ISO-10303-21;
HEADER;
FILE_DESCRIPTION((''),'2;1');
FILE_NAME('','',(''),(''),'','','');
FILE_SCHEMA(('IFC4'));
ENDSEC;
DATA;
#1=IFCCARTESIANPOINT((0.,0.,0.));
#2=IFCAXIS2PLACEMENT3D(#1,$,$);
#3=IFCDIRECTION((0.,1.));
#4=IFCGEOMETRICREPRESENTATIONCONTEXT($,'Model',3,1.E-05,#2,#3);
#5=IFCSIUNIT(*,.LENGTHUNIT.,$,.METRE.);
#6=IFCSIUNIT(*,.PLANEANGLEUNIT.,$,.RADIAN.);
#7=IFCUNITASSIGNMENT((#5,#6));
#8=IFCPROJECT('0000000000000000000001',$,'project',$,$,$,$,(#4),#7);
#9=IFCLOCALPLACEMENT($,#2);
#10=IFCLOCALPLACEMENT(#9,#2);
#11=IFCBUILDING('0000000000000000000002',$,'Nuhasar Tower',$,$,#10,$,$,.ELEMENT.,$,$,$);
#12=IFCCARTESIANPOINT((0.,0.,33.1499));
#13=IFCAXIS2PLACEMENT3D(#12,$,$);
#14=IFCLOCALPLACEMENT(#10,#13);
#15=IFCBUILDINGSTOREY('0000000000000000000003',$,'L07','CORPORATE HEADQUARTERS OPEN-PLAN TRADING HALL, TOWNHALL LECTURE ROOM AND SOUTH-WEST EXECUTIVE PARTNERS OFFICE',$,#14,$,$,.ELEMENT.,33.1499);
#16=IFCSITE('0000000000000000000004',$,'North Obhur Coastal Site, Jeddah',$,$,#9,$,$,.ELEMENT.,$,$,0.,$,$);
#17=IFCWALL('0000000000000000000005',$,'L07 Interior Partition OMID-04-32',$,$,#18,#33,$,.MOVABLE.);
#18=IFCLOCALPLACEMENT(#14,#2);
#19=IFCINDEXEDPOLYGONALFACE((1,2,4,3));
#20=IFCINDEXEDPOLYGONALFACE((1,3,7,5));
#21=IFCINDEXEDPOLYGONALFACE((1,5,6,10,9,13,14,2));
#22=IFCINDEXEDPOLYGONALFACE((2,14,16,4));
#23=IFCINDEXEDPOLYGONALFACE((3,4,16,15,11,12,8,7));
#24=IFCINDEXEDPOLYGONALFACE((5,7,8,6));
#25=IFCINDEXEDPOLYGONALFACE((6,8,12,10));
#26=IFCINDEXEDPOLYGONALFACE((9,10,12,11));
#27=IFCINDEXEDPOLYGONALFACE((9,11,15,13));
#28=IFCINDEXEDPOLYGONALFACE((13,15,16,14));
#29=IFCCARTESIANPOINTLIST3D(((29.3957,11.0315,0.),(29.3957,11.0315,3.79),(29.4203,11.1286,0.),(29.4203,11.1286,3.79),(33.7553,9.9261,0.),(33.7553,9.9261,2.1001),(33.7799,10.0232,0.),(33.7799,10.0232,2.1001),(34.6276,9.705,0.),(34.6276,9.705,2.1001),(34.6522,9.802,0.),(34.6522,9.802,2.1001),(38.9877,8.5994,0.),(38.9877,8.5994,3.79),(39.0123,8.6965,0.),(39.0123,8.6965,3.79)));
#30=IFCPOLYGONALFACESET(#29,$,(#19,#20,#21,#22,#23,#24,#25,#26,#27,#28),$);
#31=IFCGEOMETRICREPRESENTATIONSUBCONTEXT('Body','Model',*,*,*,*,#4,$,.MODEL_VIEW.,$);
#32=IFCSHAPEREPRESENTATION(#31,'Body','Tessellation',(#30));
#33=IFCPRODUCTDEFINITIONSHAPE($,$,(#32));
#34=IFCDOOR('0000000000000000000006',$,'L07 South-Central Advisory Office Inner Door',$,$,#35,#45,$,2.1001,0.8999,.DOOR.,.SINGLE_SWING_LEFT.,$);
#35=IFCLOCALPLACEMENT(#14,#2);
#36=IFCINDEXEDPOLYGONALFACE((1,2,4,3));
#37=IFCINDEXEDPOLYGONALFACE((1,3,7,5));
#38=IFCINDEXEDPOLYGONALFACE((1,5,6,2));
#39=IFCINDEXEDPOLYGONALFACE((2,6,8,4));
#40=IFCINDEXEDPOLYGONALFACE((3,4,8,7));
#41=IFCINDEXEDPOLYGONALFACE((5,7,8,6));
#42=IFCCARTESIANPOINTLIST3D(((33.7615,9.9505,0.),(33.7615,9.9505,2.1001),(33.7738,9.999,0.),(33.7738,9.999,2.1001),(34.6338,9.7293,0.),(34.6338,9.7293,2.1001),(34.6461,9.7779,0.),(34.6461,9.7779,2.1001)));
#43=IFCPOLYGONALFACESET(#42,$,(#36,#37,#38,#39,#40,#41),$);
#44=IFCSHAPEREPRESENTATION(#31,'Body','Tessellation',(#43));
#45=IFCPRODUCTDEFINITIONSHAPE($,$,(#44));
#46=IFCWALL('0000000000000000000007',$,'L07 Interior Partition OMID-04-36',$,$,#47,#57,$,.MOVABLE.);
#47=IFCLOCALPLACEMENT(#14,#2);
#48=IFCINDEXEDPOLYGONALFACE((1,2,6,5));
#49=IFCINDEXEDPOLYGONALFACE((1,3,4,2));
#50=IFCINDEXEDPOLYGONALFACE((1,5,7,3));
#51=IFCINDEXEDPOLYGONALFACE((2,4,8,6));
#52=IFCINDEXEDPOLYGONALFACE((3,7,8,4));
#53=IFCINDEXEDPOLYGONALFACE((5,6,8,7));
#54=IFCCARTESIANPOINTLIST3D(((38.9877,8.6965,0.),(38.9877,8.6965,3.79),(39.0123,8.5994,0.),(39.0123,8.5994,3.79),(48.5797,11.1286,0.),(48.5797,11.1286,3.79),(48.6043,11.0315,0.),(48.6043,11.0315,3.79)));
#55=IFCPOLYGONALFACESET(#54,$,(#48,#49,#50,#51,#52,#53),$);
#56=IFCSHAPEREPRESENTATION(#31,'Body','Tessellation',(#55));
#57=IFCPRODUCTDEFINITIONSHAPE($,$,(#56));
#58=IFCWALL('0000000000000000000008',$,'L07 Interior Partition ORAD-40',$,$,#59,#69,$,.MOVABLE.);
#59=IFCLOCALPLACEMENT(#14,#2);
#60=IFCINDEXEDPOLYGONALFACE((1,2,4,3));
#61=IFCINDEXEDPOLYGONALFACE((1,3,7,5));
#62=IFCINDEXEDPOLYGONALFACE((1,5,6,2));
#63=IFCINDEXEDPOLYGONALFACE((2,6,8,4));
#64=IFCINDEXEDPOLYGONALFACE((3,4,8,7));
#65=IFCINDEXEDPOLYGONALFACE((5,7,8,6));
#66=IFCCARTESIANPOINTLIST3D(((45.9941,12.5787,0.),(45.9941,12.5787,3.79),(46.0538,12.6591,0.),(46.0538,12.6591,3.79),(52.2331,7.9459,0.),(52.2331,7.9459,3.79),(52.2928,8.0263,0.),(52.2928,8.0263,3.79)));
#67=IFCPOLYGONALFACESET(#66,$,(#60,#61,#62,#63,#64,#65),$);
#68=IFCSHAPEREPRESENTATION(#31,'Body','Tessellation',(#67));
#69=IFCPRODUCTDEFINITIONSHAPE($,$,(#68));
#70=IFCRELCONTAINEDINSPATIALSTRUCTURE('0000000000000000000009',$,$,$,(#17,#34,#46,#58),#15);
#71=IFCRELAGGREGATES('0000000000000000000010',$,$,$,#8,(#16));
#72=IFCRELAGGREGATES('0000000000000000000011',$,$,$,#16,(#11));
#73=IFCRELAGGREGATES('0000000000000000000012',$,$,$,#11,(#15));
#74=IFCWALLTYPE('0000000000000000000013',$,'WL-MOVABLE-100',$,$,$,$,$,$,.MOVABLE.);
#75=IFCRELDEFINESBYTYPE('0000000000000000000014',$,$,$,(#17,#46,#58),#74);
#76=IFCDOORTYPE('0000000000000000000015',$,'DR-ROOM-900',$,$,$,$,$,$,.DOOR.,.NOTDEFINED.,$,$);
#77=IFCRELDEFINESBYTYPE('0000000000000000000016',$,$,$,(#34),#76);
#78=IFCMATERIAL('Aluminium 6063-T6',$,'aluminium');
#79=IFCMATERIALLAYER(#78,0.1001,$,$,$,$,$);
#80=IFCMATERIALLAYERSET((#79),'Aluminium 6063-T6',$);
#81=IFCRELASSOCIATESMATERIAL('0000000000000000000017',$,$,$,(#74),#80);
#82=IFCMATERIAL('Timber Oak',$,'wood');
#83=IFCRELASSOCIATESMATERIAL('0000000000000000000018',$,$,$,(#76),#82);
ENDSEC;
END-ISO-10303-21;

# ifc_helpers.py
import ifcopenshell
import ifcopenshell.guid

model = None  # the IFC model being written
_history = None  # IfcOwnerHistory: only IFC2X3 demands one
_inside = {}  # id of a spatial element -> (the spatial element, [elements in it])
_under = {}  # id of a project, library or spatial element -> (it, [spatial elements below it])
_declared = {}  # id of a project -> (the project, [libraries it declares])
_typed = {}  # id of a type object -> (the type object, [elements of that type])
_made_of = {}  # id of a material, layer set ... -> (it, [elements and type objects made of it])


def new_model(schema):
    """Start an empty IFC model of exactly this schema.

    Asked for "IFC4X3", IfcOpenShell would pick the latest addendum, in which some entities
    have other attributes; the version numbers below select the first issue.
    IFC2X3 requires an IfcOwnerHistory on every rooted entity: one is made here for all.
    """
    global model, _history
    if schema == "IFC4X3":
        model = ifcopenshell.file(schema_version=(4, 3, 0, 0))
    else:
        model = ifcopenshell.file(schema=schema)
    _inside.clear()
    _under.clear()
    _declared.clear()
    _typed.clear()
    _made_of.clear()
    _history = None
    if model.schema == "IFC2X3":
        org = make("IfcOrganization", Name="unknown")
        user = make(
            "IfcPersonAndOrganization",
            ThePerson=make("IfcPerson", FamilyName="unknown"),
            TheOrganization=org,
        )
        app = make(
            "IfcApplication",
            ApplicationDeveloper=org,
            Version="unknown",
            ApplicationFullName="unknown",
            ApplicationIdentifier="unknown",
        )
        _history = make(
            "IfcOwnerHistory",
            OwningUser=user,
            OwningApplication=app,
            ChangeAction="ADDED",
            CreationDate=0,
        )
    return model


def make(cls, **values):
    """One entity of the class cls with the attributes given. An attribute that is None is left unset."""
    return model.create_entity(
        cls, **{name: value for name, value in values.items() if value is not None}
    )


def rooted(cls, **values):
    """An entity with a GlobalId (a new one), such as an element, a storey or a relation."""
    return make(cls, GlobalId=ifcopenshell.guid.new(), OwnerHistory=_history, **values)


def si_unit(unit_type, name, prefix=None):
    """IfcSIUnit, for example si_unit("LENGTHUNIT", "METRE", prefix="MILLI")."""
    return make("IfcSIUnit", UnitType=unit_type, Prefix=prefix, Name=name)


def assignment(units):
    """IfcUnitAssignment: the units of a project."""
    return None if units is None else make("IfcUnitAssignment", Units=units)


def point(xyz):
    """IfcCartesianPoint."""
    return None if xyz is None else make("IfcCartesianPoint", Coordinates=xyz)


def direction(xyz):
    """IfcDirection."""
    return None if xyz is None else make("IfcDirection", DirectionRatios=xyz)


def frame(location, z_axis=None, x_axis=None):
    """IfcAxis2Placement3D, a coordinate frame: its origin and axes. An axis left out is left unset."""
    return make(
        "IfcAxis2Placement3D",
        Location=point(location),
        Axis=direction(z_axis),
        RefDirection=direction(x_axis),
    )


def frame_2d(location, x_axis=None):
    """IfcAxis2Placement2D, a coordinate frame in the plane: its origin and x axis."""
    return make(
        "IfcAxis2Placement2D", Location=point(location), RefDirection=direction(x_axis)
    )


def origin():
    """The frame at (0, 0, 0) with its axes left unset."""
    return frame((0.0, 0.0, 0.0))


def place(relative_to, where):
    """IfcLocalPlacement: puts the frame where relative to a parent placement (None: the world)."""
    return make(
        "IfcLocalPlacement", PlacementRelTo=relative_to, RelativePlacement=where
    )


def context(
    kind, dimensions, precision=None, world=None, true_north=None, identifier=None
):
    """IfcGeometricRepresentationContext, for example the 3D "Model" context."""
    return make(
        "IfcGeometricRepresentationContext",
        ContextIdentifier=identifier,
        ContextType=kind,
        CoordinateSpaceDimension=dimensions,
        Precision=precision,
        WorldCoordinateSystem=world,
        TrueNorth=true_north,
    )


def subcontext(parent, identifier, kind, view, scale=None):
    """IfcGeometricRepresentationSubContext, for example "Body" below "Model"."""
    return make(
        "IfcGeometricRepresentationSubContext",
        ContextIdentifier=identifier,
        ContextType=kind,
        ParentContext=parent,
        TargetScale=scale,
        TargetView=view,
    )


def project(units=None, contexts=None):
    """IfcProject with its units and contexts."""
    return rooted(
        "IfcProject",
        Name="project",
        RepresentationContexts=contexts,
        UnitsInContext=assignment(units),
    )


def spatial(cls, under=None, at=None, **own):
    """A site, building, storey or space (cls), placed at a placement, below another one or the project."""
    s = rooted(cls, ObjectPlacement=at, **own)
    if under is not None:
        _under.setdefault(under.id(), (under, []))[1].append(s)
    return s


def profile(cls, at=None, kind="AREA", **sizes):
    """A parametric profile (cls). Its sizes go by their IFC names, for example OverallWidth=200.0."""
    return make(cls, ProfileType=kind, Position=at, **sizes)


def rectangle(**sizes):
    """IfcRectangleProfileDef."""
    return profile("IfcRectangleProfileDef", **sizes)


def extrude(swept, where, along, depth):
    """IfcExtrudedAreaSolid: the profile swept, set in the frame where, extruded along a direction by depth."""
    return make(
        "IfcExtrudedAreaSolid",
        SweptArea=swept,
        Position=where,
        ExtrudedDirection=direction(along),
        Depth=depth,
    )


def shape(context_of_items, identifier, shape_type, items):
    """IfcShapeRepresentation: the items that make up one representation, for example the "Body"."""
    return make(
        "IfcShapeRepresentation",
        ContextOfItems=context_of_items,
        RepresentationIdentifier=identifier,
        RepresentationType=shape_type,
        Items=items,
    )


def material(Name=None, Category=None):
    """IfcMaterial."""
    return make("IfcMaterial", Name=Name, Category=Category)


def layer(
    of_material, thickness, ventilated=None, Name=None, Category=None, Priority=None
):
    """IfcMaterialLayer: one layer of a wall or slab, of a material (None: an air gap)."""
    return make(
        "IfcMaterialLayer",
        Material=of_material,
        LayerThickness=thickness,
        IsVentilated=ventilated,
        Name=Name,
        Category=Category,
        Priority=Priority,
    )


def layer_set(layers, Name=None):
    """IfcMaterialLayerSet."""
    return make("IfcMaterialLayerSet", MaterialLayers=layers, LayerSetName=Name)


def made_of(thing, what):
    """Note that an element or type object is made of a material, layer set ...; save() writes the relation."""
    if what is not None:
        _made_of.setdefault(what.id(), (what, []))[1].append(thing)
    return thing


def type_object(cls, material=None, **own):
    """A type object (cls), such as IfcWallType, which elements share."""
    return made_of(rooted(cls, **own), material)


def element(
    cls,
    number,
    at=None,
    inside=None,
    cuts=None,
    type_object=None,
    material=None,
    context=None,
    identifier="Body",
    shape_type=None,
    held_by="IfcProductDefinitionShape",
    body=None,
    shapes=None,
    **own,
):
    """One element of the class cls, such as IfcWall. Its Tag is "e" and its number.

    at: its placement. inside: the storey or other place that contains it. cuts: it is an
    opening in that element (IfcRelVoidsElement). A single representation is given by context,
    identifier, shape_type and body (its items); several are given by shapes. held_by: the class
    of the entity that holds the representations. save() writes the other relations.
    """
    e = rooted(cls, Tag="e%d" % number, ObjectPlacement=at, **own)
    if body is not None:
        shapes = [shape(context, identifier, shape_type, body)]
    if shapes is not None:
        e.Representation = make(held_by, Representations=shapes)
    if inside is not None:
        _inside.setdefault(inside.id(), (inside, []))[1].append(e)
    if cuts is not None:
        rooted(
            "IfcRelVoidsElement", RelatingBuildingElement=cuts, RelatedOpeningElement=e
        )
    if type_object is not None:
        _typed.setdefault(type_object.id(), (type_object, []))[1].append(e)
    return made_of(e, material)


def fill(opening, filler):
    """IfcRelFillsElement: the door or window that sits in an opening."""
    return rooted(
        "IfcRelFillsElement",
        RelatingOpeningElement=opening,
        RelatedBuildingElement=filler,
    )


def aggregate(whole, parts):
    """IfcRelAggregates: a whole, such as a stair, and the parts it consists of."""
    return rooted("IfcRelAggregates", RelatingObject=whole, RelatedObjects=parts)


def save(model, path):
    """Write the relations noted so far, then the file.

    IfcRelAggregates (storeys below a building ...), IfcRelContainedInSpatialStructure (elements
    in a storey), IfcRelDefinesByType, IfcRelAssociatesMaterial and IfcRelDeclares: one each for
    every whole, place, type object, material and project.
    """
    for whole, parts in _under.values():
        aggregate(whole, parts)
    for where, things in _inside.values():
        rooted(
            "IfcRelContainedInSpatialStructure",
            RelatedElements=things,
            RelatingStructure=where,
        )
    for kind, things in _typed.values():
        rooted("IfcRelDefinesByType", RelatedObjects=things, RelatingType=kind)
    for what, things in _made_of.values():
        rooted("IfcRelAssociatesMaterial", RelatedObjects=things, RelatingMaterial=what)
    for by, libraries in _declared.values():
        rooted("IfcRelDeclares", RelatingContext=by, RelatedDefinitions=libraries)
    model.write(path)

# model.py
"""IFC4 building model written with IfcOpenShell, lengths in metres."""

from ifc_helpers import new_model, si_unit, direction, frame, frame_2d, origin, place, context, subcontext, project, spatial, rectangle, extrude, material, layer, layer_set, type_object, element, fill, save


model = new_model("IFC4")

# Units and contexts
model_context = context("Model", 3, precision=1e-05, world=origin(), true_north=direction((0.0, 1.0)))
body_context = subcontext(model_context, "Body", "Model", "MODEL_VIEW")
ifc_project = project(units=[si_unit("LENGTHUNIT", "METRE"), si_unit("PLANEANGLEUNIT", "RADIAN")], contexts=[model_context])

# Site, building, storey
site_placement = place(None, origin())
site = spatial("IfcSite", under=ifc_project, at=site_placement, Name="North Obhur Coastal Site, Jeddah", CompositionType="ELEMENT", RefElevation=0.0)
building_placement = place(site_placement, origin())
building = spatial("IfcBuilding", under=site, at=building_placement, Name="Nuhasar Tower", CompositionType="ELEMENT")
storey_placement = place(building_placement, frame((0.0, 0.0, 33.1499)))
storey = spatial("IfcBuildingStorey", under=building, at=storey_placement, Name="L07", Description="CORPORATE HEADQUARTERS OPEN-PLAN TRADING HALL, TOWNHALL LECTURE ROOM AND SOUTH-WEST EXECUTIVE PARTNERS OFFICE", CompositionType="ELEMENT", Elevation=33.1499)

# Shared definitions
ifc_material_1 = material(Name="Aluminium 6063-T6", Category="aluminium")

# Wall, opening, door
ifc_layer_1 = layer(ifc_material_1, 0.1001)
ifc_layer_set_1 = layer_set([ifc_layer_1], Name="Aluminium 6063-T6")
wall_type_1 = type_object("IfcWallType", Name="WL-MOVABLE-100", PredefinedType="MOVABLE", material=ifc_layer_set_1)
wall_1_placement = place(storey_placement, frame((39.0, 8.6479, 0.0), z_axis=(0.0, 0.0, 1.0), x_axis=(-0.969326, 0.245779, 0.0)))
wall_1 = element("IfcWall", 1, at=wall_1_placement, inside=storey, type_object=wall_type_1, Name="L07 Interior Partition OMID-04-32", PredefinedType="MOVABLE", context=body_context, shape_type="SweptSolid", body=[
    extrude(rectangle(XDim=9.8955, YDim=0.1001, at=frame_2d((4.9478, 0.0))), origin(), (0.0, 0.0, 1.0), 3.79),
])
opening_placement = place(wall_1_placement, frame((4.498, 0.0, 0.0)))
opening = element("IfcOpeningElement", 2, at=opening_placement, cuts=wall_1, PredefinedType="OPENING", context=body_context, shape_type="SweptSolid", body=[
    extrude(rectangle(XDim=0.8999, YDim=2.1001, at=frame_2d((0.45, 1.05))), frame((0.0, 0.0601, 0.0), z_axis=(0.0, -1.0, 0.0), x_axis=(1.0, 0.0, 0.0)), (0.0, 0.0, 1.0), 0.1201),
])
ifc_material_2 = material(Name="Timber Oak", Category="wood")
door_type = type_object("IfcDoorType", Name="DR-ROOM-900", OperationType="NOTDEFINED", PredefinedType="DOOR", material=ifc_material_2)
door_placement = place(opening_placement, origin())
door = element("IfcDoor", 3, at=door_placement, inside=storey, type_object=door_type, Name="L07 South-Central Advisory Office Inner Door", OperationType="SINGLE_SWING_LEFT", OverallHeight=2.1001, OverallWidth=0.8999, PredefinedType="DOOR", context=body_context, shape_type="SweptSolid", body=[
    extrude(rectangle(XDim=0.8999, YDim=2.1001, at=frame_2d((0.45, 1.05))), frame((0.0, 0.0249, 0.0), z_axis=(0.0, -1.0, 0.0), x_axis=(1.0, 0.0, 0.0)), (0.0, 0.0, 1.0), 0.05),
])
fill(opening, door)

# Walls
wall_2_placement = place(storey_placement, frame((39.0, 8.6479, 0.0), z_axis=(0.0, 0.0, 1.0), x_axis=(0.969326, 0.245779, 0.0)))
element("IfcWall", 4, at=wall_2_placement, inside=storey, type_object=wall_type_1, Name="L07 Interior Partition OMID-04-36", PredefinedType="MOVABLE", context=body_context, shape_type="SweptSolid", body=[
    extrude(rectangle(XDim=9.8955, YDim=0.1001, at=frame_2d((4.9478, 0.0))), origin(), (0.0, 0.0, 1.0), 3.79),
])
wall_3_placement = place(storey_placement, frame((46.0239, 12.6189, 0.0), z_axis=(0.0, 0.0, 1.0), x_axis=(0.80286, -0.596168, 0.0)))
element("IfcWall", 5, at=wall_3_placement, inside=storey, type_object=wall_type_1, Name="L07 Interior Partition ORAD-40", PredefinedType="MOVABLE", context=body_context, shape_type="SweptSolid", body=[
    extrude(rectangle(XDim=7.771, YDim=0.1001, at=frame_2d((3.8855, 0.0))), origin(), (0.0, 0.0, 1.0), 3.79),
])

save(model, "model.ifc")
